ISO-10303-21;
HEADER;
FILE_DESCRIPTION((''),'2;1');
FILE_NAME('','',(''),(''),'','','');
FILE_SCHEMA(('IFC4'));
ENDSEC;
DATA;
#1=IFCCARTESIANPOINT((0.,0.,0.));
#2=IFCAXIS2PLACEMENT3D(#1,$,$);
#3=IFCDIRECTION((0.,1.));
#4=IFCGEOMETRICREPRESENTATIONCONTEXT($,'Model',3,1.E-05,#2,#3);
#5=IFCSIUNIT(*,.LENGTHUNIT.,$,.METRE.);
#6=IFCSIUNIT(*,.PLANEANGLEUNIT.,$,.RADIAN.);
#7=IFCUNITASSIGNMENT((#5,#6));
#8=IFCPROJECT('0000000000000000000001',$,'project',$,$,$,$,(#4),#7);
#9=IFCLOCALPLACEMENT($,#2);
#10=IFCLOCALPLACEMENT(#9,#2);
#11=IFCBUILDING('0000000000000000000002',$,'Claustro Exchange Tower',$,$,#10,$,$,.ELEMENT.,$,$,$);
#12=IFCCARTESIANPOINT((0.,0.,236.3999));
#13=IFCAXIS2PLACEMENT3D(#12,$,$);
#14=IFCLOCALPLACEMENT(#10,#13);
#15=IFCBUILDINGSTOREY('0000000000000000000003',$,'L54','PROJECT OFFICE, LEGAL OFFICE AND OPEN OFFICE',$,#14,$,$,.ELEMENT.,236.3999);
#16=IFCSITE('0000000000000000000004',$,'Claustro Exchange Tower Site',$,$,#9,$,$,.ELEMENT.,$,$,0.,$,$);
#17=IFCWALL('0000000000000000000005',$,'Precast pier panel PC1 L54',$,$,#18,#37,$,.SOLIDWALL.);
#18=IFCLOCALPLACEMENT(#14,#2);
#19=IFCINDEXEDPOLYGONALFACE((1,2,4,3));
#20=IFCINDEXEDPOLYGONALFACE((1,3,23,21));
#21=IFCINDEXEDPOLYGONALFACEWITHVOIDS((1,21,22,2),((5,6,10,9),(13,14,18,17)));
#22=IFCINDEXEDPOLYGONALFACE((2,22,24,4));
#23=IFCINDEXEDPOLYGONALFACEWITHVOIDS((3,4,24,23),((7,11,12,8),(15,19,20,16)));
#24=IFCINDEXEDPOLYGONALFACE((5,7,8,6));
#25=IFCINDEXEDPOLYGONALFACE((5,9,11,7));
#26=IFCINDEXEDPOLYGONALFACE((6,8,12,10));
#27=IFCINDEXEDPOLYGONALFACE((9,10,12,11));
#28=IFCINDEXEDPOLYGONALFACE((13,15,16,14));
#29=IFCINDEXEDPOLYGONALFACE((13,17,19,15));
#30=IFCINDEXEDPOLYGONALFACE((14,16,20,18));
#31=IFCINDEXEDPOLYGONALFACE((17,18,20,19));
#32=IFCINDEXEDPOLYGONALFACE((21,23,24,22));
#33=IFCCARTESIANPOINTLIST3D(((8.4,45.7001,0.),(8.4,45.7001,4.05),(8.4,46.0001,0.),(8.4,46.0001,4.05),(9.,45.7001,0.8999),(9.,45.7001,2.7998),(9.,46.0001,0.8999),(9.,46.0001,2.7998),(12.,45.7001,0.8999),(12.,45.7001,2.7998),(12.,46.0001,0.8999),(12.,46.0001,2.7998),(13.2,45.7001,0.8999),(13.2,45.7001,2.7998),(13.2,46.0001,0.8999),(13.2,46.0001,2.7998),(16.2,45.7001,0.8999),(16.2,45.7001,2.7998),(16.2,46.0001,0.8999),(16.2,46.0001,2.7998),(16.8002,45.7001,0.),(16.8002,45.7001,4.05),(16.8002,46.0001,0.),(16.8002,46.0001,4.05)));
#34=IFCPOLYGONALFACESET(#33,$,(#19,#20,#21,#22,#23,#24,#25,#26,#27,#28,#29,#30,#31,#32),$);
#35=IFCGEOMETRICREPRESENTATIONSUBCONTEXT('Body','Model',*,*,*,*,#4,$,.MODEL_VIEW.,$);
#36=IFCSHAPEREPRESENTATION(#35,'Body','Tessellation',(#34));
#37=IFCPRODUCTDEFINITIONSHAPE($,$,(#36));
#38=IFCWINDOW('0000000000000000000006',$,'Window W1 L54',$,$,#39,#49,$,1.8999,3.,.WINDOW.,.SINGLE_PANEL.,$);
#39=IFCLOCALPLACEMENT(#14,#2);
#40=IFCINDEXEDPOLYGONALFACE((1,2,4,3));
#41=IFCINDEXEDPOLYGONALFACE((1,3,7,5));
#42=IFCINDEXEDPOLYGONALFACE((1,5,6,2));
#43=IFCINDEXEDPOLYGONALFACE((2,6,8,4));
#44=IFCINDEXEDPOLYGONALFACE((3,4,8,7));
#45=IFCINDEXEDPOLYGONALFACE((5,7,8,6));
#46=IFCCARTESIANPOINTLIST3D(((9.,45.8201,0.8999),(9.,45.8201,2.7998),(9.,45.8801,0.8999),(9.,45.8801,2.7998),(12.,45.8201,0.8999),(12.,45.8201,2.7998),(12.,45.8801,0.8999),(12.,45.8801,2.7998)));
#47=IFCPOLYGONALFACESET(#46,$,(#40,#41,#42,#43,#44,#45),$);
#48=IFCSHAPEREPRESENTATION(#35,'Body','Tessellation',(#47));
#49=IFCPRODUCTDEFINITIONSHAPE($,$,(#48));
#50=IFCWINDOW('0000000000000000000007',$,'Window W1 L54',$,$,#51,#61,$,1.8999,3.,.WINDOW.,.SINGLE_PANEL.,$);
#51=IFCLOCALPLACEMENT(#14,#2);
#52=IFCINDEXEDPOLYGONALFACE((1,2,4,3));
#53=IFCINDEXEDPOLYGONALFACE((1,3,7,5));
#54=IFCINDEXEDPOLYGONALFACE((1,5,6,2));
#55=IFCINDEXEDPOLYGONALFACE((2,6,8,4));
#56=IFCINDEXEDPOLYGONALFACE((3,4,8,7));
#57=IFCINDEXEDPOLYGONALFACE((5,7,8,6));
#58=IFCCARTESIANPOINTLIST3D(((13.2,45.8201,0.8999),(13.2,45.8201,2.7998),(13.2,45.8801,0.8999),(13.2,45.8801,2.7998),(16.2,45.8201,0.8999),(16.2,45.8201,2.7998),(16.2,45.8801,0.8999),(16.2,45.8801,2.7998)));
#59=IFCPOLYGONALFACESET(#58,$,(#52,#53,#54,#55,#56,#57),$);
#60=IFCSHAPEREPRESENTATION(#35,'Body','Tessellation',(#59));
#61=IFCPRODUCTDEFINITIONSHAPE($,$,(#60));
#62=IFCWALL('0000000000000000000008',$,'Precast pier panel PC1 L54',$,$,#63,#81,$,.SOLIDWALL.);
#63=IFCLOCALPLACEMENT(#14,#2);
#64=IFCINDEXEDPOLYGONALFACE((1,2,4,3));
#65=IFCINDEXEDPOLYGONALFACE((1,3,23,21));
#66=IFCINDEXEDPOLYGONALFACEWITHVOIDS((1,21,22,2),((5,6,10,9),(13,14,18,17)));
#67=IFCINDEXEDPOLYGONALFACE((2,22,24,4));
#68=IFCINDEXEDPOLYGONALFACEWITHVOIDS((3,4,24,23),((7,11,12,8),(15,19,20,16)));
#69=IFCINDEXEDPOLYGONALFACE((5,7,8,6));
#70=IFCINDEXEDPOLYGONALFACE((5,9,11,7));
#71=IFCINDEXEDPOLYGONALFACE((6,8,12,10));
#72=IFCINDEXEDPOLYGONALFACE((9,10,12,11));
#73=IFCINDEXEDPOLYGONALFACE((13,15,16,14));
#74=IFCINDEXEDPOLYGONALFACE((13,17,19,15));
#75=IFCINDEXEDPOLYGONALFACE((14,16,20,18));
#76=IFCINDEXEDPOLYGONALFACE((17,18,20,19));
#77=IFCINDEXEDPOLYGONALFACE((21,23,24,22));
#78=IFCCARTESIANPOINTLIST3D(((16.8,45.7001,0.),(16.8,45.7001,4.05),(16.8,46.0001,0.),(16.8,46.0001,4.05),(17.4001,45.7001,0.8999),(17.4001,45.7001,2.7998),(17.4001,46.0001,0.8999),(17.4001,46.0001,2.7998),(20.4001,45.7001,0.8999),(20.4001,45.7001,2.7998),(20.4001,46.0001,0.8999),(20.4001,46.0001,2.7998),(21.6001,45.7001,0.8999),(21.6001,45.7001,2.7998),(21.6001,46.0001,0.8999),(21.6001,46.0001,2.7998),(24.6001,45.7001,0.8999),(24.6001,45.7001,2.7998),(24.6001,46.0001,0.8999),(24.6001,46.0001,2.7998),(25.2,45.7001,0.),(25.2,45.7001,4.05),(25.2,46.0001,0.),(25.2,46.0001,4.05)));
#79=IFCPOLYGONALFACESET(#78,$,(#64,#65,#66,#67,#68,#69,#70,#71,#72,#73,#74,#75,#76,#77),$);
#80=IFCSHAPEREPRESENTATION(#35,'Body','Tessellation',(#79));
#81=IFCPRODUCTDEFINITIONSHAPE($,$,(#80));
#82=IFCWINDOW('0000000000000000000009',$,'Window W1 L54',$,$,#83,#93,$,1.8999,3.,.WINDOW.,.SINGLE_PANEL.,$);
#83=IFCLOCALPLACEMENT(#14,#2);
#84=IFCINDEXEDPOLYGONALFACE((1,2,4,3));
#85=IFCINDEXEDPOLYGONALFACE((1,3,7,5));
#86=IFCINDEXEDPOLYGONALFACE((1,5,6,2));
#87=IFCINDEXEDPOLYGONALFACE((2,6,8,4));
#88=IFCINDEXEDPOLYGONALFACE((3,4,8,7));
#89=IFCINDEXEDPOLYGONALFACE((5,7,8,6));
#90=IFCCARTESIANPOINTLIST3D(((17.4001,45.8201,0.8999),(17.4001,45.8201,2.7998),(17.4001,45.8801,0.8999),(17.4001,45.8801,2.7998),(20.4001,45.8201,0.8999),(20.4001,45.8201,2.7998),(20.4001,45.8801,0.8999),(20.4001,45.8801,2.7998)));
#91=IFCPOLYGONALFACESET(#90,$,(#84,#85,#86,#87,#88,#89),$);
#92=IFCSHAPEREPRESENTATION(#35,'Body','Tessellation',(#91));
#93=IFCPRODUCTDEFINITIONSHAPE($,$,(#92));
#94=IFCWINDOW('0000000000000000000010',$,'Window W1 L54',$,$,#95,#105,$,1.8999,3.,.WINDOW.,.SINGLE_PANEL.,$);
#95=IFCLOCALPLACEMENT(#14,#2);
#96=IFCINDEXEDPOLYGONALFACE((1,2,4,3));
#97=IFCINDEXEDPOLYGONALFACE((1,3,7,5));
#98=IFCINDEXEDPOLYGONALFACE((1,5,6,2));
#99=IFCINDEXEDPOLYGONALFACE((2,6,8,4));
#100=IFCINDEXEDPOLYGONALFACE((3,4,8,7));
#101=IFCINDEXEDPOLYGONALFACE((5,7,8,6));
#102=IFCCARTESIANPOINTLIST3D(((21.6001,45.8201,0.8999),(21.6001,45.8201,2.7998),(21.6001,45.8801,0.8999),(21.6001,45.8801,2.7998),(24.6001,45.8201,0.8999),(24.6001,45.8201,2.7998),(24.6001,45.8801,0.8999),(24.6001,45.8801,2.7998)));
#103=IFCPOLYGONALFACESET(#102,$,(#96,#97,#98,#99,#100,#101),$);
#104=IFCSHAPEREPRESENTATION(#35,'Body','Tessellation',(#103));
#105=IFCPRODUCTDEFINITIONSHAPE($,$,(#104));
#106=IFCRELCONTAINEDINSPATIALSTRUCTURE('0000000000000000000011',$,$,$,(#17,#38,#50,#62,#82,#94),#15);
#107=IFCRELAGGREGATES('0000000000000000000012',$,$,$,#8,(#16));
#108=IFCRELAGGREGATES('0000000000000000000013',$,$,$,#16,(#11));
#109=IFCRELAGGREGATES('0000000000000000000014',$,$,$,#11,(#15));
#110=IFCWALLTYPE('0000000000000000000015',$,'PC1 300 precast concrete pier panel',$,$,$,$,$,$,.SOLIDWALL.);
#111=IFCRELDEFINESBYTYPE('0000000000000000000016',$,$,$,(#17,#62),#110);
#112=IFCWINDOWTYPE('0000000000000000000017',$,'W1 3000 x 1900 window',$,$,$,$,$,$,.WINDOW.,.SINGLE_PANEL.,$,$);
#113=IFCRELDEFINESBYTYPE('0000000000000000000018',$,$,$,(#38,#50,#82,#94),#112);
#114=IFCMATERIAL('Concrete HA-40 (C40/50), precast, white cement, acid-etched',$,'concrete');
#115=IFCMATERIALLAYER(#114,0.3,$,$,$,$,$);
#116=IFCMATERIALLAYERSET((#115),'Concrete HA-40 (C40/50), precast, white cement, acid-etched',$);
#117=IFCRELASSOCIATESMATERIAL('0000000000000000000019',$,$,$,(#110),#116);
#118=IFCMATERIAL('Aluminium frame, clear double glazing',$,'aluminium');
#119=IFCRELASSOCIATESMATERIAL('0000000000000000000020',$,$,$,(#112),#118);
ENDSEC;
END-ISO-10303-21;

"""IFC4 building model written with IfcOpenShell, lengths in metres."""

from ifc_helpers import new_model, si_unit, direction, frame, frame_2d, origin, place, context, subcontext, project, spatial, rectangle, extrude, material, layer, layer_set, type_object, element, fill, save


model = new_model("IFC4")

# Units and contexts
model_context = context("Model", 3, precision=1e-05, world=origin(), true_north=direction((0.0, 1.0)))
body_context = subcontext(model_context, "Body", "Model", "MODEL_VIEW")
ifc_project = project(units=[si_unit("LENGTHUNIT", "METRE"), si_unit("PLANEANGLEUNIT", "RADIAN")], contexts=[model_context])

# Site, building, storey
site_placement = place(None, origin())
site = spatial("IfcSite", under=ifc_project, at=site_placement, Name="Claustro Exchange Tower Site", CompositionType="ELEMENT", RefElevation=0.0)
building_placement = place(site_placement, origin())
building = spatial("IfcBuilding", under=site, at=building_placement, Name="Claustro Exchange Tower", CompositionType="ELEMENT")
storey_placement = place(building_placement, frame((0.0, 0.0, 236.3999)))
storey = spatial("IfcBuildingStorey", under=building, at=storey_placement, Name="L54", Description="PROJECT OFFICE, LEGAL OFFICE AND OPEN OFFICE", CompositionType="ELEMENT", Elevation=236.3999)

# Walls, openings, windows
ifc_material_1 = material(Name="Concrete HA-40 (C40/50), precast, white cement, acid-etched", Category="concrete")
ifc_layer_1 = layer(ifc_material_1, 0.3)
ifc_layer_set_1 = layer_set([ifc_layer_1], Name="Concrete HA-40 (C40/50), precast, white cement, acid-etched")
wall_type_1 = type_object("IfcWallType", Name="PC1 300 precast concrete pier panel", PredefinedType="SOLIDWALL", material=ifc_layer_set_1)
wall_1_placement = place(storey_placement, frame((8.3999, 45.8501, 0.0), z_axis=(0.0, 0.0, 1.0), x_axis=(1.0, 0.0, 0.0)))
wall_1 = element("IfcWall", 1, at=wall_1_placement, inside=storey, type_object=wall_type_1, Name="Precast pier panel PC1 L54", PredefinedType="SOLIDWALL", context=body_context, shape_type="SweptSolid", body=[
    extrude(rectangle(XDim=8.4001, YDim=0.3, at=frame_2d((4.2002, 0.0))), origin(), (0.0, 0.0, 1.0), 4.05),
])
opening_1_placement = place(wall_1_placement, frame((0.6001, 0.0, 0.8999)))
opening_1 = element("IfcOpeningElement", 2, at=opening_1_placement, cuts=wall_1, PredefinedType="OPENING", context=body_context, shape_type="SweptSolid", body=[
    extrude(rectangle(XDim=3.0, YDim=1.8999, at=frame_2d((1.5, 0.95))), frame((0.0, 0.1599, 0.0), z_axis=(0.0, -1.0, 0.0), x_axis=(1.0, 0.0, 0.0)), (0.0, 0.0, 1.0), 0.3201),
])
opening_2_placement = place(wall_1_placement, frame((4.8, 0.0, 0.8999)))
opening_2 = element("IfcOpeningElement", 3, at=opening_2_placement, cuts=wall_1, PredefinedType="OPENING", context=body_context, shape_type="SweptSolid", body=[
    extrude(rectangle(XDim=3.0, YDim=1.8999, at=frame_2d((1.5, 0.95))), frame((0.0, 0.1599, 0.0), z_axis=(0.0, -1.0, 0.0), x_axis=(1.0, 0.0, 0.0)), (0.0, 0.0, 1.0), 0.3201),
])
ifc_material_2 = material(Name="Aluminium frame, clear double glazing", Category="aluminium")
window_type = type_object("IfcWindowType", Name="W1 3000 x 1900 window", PartitioningType="SINGLE_PANEL", PredefinedType="WINDOW", material=ifc_material_2)
window_1_placement = place(opening_1_placement, origin())
window_1 = element("IfcWindow", 4, at=window_1_placement, inside=storey, type_object=window_type, Name="Window W1 L54", OverallHeight=1.8999, OverallWidth=3.0, PartitioningType="SINGLE_PANEL", PredefinedType="WINDOW", context=body_context, shape_type="SweptSolid", body=[
    extrude(rectangle(XDim=3.0, YDim=1.8999, at=frame_2d((1.5, 0.95))), frame((0.0, 0.03, 0.0), z_axis=(0.0, -1.0, 0.0), x_axis=(1.0, 0.0, 0.0)), (0.0, 0.0, 1.0), 0.0601),
])
fill(opening_1, window_1)
window_2_placement = place(opening_2_placement, origin())
window_2 = element("IfcWindow", 5, at=window_2_placement, inside=storey, type_object=window_type, Name="Window W1 L54", OverallHeight=1.8999, OverallWidth=3.0, PartitioningType="SINGLE_PANEL", PredefinedType="WINDOW", context=body_context, shape_type="SweptSolid", body=[
    extrude(rectangle(XDim=3.0, YDim=1.8999, at=frame_2d((1.5, 0.95))), frame((0.0, 0.03, 0.0), z_axis=(0.0, -1.0, 0.0), x_axis=(1.0, 0.0, 0.0)), (0.0, 0.0, 1.0), 0.0601),
])
fill(opening_2, window_2)
wall_2_placement = place(storey_placement, frame((16.8, 45.8501, 0.0), z_axis=(0.0, 0.0, 1.0), x_axis=(1.0, 0.0, 0.0)))
wall_2 = element("IfcWall", 6, at=wall_2_placement, inside=storey, type_object=wall_type_1, Name="Precast pier panel PC1 L54", PredefinedType="SOLIDWALL", context=body_context, shape_type="SweptSolid", body=[
    extrude(rectangle(XDim=8.3999, YDim=0.3, at=frame_2d((4.2, 0.0))), origin(), (0.0, 0.0, 1.0), 4.05),
])
opening_3_placement = place(wall_2_placement, frame((0.6001, 0.0, 0.8999)))
opening_3 = element("IfcOpeningElement", 7, at=opening_3_placement, cuts=wall_2, PredefinedType="OPENING", context=body_context, shape_type="SweptSolid", body=[
    extrude(rectangle(XDim=3.0, YDim=1.8999, at=frame_2d((1.5, 0.95))), frame((0.0, 0.1599, 0.0), z_axis=(0.0, -1.0, 0.0), x_axis=(1.0, 0.0, 0.0)), (0.0, 0.0, 1.0), 0.3201),
])
opening_4_placement = place(wall_2_placement, frame((4.8, 0.0, 0.8999)))
opening_4 = element("IfcOpeningElement", 8, at=opening_4_placement, cuts=wall_2, PredefinedType="OPENING", context=body_context, shape_type="SweptSolid", body=[
    extrude(rectangle(XDim=3.0, YDim=1.8999, at=frame_2d((1.5, 0.95))), frame((0.0, 0.1599, 0.0), z_axis=(0.0, -1.0, 0.0), x_axis=(1.0, 0.0, 0.0)), (0.0, 0.0, 1.0), 0.3201),
])
window_3_placement = place(opening_3_placement, origin())
window_3 = element("IfcWindow", 9, at=window_3_placement, inside=storey, type_object=window_type, Name="Window W1 L54", OverallHeight=1.8999, OverallWidth=3.0, PartitioningType="SINGLE_PANEL", PredefinedType="WINDOW", context=body_context, shape_type="SweptSolid", body=[
    extrude(rectangle(XDim=3.0, YDim=1.8999, at=frame_2d((1.5, 0.95))), frame((0.0, 0.03, 0.0), z_axis=(0.0, -1.0, 0.0), x_axis=(1.0, 0.0, 0.0)), (0.0, 0.0, 1.0), 0.0601),
])
fill(opening_3, window_3)
window_4_placement = place(opening_4_placement, origin())
window_4 = element("IfcWindow", 10, at=window_4_placement, inside=storey, type_object=window_type, Name="Window W1 L54", OverallHeight=1.8999, OverallWidth=3.0, PartitioningType="SINGLE_PANEL", PredefinedType="WINDOW", context=body_context, shape_type="SweptSolid", body=[
    extrude(rectangle(XDim=3.0, YDim=1.8999, at=frame_2d((1.5, 0.95))), frame((0.0, 0.03, 0.0), z_axis=(0.0, -1.0, 0.0), x_axis=(1.0, 0.0, 0.0)), (0.0, 0.0, 1.0), 0.0601),
])
fill(opening_4, window_4)

save(model, "model.ifc")
